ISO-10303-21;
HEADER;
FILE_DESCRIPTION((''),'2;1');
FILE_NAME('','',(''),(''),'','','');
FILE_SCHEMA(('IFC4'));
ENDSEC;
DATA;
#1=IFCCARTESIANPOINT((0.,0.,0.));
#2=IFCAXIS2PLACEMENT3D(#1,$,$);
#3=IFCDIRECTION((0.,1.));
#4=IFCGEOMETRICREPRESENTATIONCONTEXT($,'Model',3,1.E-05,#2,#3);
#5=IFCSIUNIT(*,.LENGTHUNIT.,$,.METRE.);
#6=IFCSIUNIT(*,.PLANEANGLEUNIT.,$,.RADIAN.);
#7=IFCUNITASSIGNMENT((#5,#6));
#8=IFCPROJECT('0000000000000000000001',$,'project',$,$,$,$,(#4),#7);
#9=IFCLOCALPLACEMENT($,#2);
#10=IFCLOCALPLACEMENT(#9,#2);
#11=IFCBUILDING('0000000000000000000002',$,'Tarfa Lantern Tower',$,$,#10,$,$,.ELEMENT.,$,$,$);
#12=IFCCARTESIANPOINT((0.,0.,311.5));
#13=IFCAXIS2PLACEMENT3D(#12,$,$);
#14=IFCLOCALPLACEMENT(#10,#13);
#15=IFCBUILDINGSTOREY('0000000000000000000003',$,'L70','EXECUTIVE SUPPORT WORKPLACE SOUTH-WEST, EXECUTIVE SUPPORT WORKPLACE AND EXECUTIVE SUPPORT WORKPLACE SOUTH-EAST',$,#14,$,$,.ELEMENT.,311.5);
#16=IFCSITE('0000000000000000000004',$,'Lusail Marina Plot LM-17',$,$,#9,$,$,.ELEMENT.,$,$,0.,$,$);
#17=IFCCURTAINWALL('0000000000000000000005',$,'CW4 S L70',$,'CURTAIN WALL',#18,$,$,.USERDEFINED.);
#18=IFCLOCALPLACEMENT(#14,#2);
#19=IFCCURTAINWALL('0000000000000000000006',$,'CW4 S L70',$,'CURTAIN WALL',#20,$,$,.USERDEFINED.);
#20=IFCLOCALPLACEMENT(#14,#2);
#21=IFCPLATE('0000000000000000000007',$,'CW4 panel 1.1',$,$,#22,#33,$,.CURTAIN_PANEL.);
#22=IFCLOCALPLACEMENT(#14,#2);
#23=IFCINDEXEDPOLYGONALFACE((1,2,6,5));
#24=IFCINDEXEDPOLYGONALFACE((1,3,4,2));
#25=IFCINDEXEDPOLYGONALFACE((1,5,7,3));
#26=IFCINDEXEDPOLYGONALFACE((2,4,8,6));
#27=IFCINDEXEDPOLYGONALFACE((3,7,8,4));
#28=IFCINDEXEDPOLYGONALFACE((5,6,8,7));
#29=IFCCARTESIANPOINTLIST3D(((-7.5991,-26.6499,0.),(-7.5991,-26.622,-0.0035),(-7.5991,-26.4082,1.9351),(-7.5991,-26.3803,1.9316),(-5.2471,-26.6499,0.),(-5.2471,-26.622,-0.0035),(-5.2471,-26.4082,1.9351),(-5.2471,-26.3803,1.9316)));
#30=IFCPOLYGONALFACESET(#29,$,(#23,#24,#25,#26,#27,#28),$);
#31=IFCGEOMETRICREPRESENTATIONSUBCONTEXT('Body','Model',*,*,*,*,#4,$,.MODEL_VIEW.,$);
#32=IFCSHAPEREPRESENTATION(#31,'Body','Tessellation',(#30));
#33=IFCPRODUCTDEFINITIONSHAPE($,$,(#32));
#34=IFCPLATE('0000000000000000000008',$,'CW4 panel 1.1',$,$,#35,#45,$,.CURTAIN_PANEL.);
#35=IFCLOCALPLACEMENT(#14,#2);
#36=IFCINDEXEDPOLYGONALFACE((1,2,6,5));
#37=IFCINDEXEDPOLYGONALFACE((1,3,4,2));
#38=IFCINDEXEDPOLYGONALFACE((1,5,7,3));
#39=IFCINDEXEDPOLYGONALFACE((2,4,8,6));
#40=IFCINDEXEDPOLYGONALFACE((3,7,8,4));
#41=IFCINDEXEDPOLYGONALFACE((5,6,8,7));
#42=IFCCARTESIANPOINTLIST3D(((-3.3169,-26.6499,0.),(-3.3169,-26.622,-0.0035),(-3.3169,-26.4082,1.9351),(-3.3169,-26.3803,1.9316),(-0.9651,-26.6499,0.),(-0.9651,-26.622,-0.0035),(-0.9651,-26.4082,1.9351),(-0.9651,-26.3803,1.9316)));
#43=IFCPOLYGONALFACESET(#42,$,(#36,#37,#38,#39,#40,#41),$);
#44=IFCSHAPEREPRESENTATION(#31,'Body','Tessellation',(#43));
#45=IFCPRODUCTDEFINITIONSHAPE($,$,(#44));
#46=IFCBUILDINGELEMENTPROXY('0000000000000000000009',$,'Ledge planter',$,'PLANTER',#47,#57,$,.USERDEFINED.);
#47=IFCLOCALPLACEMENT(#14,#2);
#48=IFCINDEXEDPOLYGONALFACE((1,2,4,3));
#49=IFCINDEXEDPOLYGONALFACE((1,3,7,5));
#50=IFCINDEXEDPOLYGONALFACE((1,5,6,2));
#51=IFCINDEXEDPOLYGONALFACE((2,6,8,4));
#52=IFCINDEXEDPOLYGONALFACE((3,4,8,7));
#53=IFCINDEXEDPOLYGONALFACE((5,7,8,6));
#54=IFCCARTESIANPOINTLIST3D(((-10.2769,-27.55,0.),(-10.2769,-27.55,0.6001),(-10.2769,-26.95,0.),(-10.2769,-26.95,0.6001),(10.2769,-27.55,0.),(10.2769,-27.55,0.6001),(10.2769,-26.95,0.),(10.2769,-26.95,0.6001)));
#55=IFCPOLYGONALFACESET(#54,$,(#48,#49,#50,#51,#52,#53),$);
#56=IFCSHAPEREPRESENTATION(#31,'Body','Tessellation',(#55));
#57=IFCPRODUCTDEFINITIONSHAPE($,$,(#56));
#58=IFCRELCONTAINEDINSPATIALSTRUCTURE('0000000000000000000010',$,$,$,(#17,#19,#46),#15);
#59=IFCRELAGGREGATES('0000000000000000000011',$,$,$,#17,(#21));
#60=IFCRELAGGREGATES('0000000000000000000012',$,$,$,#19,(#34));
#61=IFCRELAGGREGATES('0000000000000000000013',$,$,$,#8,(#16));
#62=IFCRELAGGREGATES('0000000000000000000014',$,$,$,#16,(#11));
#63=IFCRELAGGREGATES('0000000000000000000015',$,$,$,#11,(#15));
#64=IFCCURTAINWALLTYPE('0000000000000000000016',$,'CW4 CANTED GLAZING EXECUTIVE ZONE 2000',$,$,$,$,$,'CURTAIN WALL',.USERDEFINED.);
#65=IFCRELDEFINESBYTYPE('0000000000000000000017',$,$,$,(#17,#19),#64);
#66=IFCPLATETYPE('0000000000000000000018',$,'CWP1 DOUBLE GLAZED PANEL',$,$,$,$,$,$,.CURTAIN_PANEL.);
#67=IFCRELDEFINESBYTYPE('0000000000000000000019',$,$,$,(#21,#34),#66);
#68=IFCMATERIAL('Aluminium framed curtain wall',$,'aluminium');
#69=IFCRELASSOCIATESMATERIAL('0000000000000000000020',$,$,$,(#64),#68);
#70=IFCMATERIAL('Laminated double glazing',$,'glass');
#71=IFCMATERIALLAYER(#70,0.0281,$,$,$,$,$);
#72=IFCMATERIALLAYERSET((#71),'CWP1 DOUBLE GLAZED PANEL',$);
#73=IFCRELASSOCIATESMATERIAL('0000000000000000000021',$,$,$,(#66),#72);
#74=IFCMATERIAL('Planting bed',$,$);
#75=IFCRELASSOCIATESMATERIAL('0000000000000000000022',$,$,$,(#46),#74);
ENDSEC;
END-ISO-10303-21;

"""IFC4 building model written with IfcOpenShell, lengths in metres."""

from ifc_helpers import new_model, si_unit, direction, frame, origin, origin_2d, place, context, subcontext, project, spatial, polyline, rectangle, outline, extrude, material, layer, layer_set, type_object, element, aggregate, save


model = new_model("IFC4")

# Units and contexts
model_context = context("Model", 3, precision=1e-05, world=origin(), true_north=direction((0.0, 1.0)))
body_context = subcontext(model_context, "Body", "Model", "MODEL_VIEW")
ifc_project = project(units=[si_unit("LENGTHUNIT", "METRE"), si_unit("PLANEANGLEUNIT", "RADIAN")], contexts=[model_context])

# Site, building, storey
site_placement = place(None, origin())
site = spatial("IfcSite", under=ifc_project, at=site_placement, Name="Lusail Marina Plot LM-17", CompositionType="ELEMENT", RefElevation=0.0)
building_placement = place(site_placement, origin())
building = spatial("IfcBuilding", under=site, at=building_placement, Name="Tarfa Lantern Tower", CompositionType="ELEMENT")
storey_placement = place(building_placement, frame((0.0, 0.0, 311.5)))
storey = spatial("IfcBuildingStorey", under=building, at=storey_placement, Name="L70", Description="EXECUTIVE SUPPORT WORKPLACE SOUTH-WEST, EXECUTIVE SUPPORT WORKPLACE AND EXECUTIVE SUPPORT WORKPLACE SOUTH-EAST", CompositionType="ELEMENT", Elevation=311.5)

# Shared definitions
ifc_material_1 = material(Name="Aluminium framed curtain wall", Category="aluminium")
curtain_wall_type = type_object("IfcCurtainWallType", Name="CW4 CANTED GLAZING EXECUTIVE ZONE 2000", ElementType="CURTAIN WALL", PredefinedType="USERDEFINED", material=ifc_material_1)

# Curtain walls
curtain_wall_1_placement = place(storey_placement, origin())
curtain_wall_1 = element("IfcCurtainWall", 1, at=curtain_wall_1_placement, inside=storey, type_object=curtain_wall_type, Name="CW4 S L70", ObjectType="CURTAIN WALL", PredefinedType="USERDEFINED")
curtain_wall_2_placement = place(storey_placement, origin())
curtain_wall_2 = element("IfcCurtainWall", 2, at=curtain_wall_2_placement, inside=storey, type_object=curtain_wall_type, Name="CW4 S L70", ObjectType="CURTAIN WALL", PredefinedType="USERDEFINED")

# Plates
ifc_material_2 = material(Name="Laminated double glazing", Category="glass")
ifc_layer = layer(ifc_material_2, 0.0281)
ifc_layer_set = layer_set([ifc_layer], Name="CWP1 DOUBLE GLAZED PANEL")
plate_type = type_object("IfcPlateType", Name="CWP1 DOUBLE GLAZED PANEL", PredefinedType="CURTAIN_PANEL", material=ifc_layer_set)
plate_1_placement = place(storey_placement, frame((-7.5991, -26.6499, 0.0), z_axis=(0.0, -0.992289, 0.123942), x_axis=(1.0, 0.0, 0.0)))
plate_1 = element("IfcPlate", 3, at=plate_1_placement, type_object=plate_type, Name="CW4 panel 1.1", PredefinedType="CURTAIN_PANEL", context=body_context, shape_type="SweptSolid", body=[
    extrude(outline(polyline([(0.0, 0.0), (2.3521, 0.0), (2.3521, 1.9501), (0.0, 1.9501), (0.0, 0.0)])), origin(), (0.0, 0.0, -1.0), 0.0281),
])
aggregate(curtain_wall_1, [plate_1])
plate_2_placement = place(storey_placement, frame((-3.3169, -26.6499, 0.0), z_axis=(0.0, -0.992289, 0.123942), x_axis=(1.0, 0.0, 0.0)))
plate_2 = element("IfcPlate", 4, at=plate_2_placement, type_object=plate_type, Name="CW4 panel 1.1", PredefinedType="CURTAIN_PANEL", context=body_context, shape_type="SweptSolid", body=[
    extrude(outline(polyline([(0.0, 0.0), (2.3518, 0.0), (2.3518, 1.9501), (0.0, 1.9501), (0.0, 0.0)])), origin(), (0.0, 0.0, -1.0), 0.0281),
])
aggregate(curtain_wall_2, [plate_2])

# Building element proxy
ifc_material_3 = material(Name="Planting bed")
proxy_placement = place(storey_placement, frame((0.0, -27.25, 0.0), z_axis=(0.0, 0.0, 1.0), x_axis=(1.0, 0.0, 0.0)))
element("IfcBuildingElementProxy", 5, at=proxy_placement, inside=storey, material=ifc_material_3, Name="Ledge planter", ObjectType="PLANTER", PredefinedType="USERDEFINED", context=body_context, shape_type="SweptSolid", body=[
    extrude(rectangle(XDim=20.5537, YDim=0.6001, at=origin_2d()), origin(), (0.0, 0.0, 1.0), 0.6001),
])

save(model, "model.ifc")
